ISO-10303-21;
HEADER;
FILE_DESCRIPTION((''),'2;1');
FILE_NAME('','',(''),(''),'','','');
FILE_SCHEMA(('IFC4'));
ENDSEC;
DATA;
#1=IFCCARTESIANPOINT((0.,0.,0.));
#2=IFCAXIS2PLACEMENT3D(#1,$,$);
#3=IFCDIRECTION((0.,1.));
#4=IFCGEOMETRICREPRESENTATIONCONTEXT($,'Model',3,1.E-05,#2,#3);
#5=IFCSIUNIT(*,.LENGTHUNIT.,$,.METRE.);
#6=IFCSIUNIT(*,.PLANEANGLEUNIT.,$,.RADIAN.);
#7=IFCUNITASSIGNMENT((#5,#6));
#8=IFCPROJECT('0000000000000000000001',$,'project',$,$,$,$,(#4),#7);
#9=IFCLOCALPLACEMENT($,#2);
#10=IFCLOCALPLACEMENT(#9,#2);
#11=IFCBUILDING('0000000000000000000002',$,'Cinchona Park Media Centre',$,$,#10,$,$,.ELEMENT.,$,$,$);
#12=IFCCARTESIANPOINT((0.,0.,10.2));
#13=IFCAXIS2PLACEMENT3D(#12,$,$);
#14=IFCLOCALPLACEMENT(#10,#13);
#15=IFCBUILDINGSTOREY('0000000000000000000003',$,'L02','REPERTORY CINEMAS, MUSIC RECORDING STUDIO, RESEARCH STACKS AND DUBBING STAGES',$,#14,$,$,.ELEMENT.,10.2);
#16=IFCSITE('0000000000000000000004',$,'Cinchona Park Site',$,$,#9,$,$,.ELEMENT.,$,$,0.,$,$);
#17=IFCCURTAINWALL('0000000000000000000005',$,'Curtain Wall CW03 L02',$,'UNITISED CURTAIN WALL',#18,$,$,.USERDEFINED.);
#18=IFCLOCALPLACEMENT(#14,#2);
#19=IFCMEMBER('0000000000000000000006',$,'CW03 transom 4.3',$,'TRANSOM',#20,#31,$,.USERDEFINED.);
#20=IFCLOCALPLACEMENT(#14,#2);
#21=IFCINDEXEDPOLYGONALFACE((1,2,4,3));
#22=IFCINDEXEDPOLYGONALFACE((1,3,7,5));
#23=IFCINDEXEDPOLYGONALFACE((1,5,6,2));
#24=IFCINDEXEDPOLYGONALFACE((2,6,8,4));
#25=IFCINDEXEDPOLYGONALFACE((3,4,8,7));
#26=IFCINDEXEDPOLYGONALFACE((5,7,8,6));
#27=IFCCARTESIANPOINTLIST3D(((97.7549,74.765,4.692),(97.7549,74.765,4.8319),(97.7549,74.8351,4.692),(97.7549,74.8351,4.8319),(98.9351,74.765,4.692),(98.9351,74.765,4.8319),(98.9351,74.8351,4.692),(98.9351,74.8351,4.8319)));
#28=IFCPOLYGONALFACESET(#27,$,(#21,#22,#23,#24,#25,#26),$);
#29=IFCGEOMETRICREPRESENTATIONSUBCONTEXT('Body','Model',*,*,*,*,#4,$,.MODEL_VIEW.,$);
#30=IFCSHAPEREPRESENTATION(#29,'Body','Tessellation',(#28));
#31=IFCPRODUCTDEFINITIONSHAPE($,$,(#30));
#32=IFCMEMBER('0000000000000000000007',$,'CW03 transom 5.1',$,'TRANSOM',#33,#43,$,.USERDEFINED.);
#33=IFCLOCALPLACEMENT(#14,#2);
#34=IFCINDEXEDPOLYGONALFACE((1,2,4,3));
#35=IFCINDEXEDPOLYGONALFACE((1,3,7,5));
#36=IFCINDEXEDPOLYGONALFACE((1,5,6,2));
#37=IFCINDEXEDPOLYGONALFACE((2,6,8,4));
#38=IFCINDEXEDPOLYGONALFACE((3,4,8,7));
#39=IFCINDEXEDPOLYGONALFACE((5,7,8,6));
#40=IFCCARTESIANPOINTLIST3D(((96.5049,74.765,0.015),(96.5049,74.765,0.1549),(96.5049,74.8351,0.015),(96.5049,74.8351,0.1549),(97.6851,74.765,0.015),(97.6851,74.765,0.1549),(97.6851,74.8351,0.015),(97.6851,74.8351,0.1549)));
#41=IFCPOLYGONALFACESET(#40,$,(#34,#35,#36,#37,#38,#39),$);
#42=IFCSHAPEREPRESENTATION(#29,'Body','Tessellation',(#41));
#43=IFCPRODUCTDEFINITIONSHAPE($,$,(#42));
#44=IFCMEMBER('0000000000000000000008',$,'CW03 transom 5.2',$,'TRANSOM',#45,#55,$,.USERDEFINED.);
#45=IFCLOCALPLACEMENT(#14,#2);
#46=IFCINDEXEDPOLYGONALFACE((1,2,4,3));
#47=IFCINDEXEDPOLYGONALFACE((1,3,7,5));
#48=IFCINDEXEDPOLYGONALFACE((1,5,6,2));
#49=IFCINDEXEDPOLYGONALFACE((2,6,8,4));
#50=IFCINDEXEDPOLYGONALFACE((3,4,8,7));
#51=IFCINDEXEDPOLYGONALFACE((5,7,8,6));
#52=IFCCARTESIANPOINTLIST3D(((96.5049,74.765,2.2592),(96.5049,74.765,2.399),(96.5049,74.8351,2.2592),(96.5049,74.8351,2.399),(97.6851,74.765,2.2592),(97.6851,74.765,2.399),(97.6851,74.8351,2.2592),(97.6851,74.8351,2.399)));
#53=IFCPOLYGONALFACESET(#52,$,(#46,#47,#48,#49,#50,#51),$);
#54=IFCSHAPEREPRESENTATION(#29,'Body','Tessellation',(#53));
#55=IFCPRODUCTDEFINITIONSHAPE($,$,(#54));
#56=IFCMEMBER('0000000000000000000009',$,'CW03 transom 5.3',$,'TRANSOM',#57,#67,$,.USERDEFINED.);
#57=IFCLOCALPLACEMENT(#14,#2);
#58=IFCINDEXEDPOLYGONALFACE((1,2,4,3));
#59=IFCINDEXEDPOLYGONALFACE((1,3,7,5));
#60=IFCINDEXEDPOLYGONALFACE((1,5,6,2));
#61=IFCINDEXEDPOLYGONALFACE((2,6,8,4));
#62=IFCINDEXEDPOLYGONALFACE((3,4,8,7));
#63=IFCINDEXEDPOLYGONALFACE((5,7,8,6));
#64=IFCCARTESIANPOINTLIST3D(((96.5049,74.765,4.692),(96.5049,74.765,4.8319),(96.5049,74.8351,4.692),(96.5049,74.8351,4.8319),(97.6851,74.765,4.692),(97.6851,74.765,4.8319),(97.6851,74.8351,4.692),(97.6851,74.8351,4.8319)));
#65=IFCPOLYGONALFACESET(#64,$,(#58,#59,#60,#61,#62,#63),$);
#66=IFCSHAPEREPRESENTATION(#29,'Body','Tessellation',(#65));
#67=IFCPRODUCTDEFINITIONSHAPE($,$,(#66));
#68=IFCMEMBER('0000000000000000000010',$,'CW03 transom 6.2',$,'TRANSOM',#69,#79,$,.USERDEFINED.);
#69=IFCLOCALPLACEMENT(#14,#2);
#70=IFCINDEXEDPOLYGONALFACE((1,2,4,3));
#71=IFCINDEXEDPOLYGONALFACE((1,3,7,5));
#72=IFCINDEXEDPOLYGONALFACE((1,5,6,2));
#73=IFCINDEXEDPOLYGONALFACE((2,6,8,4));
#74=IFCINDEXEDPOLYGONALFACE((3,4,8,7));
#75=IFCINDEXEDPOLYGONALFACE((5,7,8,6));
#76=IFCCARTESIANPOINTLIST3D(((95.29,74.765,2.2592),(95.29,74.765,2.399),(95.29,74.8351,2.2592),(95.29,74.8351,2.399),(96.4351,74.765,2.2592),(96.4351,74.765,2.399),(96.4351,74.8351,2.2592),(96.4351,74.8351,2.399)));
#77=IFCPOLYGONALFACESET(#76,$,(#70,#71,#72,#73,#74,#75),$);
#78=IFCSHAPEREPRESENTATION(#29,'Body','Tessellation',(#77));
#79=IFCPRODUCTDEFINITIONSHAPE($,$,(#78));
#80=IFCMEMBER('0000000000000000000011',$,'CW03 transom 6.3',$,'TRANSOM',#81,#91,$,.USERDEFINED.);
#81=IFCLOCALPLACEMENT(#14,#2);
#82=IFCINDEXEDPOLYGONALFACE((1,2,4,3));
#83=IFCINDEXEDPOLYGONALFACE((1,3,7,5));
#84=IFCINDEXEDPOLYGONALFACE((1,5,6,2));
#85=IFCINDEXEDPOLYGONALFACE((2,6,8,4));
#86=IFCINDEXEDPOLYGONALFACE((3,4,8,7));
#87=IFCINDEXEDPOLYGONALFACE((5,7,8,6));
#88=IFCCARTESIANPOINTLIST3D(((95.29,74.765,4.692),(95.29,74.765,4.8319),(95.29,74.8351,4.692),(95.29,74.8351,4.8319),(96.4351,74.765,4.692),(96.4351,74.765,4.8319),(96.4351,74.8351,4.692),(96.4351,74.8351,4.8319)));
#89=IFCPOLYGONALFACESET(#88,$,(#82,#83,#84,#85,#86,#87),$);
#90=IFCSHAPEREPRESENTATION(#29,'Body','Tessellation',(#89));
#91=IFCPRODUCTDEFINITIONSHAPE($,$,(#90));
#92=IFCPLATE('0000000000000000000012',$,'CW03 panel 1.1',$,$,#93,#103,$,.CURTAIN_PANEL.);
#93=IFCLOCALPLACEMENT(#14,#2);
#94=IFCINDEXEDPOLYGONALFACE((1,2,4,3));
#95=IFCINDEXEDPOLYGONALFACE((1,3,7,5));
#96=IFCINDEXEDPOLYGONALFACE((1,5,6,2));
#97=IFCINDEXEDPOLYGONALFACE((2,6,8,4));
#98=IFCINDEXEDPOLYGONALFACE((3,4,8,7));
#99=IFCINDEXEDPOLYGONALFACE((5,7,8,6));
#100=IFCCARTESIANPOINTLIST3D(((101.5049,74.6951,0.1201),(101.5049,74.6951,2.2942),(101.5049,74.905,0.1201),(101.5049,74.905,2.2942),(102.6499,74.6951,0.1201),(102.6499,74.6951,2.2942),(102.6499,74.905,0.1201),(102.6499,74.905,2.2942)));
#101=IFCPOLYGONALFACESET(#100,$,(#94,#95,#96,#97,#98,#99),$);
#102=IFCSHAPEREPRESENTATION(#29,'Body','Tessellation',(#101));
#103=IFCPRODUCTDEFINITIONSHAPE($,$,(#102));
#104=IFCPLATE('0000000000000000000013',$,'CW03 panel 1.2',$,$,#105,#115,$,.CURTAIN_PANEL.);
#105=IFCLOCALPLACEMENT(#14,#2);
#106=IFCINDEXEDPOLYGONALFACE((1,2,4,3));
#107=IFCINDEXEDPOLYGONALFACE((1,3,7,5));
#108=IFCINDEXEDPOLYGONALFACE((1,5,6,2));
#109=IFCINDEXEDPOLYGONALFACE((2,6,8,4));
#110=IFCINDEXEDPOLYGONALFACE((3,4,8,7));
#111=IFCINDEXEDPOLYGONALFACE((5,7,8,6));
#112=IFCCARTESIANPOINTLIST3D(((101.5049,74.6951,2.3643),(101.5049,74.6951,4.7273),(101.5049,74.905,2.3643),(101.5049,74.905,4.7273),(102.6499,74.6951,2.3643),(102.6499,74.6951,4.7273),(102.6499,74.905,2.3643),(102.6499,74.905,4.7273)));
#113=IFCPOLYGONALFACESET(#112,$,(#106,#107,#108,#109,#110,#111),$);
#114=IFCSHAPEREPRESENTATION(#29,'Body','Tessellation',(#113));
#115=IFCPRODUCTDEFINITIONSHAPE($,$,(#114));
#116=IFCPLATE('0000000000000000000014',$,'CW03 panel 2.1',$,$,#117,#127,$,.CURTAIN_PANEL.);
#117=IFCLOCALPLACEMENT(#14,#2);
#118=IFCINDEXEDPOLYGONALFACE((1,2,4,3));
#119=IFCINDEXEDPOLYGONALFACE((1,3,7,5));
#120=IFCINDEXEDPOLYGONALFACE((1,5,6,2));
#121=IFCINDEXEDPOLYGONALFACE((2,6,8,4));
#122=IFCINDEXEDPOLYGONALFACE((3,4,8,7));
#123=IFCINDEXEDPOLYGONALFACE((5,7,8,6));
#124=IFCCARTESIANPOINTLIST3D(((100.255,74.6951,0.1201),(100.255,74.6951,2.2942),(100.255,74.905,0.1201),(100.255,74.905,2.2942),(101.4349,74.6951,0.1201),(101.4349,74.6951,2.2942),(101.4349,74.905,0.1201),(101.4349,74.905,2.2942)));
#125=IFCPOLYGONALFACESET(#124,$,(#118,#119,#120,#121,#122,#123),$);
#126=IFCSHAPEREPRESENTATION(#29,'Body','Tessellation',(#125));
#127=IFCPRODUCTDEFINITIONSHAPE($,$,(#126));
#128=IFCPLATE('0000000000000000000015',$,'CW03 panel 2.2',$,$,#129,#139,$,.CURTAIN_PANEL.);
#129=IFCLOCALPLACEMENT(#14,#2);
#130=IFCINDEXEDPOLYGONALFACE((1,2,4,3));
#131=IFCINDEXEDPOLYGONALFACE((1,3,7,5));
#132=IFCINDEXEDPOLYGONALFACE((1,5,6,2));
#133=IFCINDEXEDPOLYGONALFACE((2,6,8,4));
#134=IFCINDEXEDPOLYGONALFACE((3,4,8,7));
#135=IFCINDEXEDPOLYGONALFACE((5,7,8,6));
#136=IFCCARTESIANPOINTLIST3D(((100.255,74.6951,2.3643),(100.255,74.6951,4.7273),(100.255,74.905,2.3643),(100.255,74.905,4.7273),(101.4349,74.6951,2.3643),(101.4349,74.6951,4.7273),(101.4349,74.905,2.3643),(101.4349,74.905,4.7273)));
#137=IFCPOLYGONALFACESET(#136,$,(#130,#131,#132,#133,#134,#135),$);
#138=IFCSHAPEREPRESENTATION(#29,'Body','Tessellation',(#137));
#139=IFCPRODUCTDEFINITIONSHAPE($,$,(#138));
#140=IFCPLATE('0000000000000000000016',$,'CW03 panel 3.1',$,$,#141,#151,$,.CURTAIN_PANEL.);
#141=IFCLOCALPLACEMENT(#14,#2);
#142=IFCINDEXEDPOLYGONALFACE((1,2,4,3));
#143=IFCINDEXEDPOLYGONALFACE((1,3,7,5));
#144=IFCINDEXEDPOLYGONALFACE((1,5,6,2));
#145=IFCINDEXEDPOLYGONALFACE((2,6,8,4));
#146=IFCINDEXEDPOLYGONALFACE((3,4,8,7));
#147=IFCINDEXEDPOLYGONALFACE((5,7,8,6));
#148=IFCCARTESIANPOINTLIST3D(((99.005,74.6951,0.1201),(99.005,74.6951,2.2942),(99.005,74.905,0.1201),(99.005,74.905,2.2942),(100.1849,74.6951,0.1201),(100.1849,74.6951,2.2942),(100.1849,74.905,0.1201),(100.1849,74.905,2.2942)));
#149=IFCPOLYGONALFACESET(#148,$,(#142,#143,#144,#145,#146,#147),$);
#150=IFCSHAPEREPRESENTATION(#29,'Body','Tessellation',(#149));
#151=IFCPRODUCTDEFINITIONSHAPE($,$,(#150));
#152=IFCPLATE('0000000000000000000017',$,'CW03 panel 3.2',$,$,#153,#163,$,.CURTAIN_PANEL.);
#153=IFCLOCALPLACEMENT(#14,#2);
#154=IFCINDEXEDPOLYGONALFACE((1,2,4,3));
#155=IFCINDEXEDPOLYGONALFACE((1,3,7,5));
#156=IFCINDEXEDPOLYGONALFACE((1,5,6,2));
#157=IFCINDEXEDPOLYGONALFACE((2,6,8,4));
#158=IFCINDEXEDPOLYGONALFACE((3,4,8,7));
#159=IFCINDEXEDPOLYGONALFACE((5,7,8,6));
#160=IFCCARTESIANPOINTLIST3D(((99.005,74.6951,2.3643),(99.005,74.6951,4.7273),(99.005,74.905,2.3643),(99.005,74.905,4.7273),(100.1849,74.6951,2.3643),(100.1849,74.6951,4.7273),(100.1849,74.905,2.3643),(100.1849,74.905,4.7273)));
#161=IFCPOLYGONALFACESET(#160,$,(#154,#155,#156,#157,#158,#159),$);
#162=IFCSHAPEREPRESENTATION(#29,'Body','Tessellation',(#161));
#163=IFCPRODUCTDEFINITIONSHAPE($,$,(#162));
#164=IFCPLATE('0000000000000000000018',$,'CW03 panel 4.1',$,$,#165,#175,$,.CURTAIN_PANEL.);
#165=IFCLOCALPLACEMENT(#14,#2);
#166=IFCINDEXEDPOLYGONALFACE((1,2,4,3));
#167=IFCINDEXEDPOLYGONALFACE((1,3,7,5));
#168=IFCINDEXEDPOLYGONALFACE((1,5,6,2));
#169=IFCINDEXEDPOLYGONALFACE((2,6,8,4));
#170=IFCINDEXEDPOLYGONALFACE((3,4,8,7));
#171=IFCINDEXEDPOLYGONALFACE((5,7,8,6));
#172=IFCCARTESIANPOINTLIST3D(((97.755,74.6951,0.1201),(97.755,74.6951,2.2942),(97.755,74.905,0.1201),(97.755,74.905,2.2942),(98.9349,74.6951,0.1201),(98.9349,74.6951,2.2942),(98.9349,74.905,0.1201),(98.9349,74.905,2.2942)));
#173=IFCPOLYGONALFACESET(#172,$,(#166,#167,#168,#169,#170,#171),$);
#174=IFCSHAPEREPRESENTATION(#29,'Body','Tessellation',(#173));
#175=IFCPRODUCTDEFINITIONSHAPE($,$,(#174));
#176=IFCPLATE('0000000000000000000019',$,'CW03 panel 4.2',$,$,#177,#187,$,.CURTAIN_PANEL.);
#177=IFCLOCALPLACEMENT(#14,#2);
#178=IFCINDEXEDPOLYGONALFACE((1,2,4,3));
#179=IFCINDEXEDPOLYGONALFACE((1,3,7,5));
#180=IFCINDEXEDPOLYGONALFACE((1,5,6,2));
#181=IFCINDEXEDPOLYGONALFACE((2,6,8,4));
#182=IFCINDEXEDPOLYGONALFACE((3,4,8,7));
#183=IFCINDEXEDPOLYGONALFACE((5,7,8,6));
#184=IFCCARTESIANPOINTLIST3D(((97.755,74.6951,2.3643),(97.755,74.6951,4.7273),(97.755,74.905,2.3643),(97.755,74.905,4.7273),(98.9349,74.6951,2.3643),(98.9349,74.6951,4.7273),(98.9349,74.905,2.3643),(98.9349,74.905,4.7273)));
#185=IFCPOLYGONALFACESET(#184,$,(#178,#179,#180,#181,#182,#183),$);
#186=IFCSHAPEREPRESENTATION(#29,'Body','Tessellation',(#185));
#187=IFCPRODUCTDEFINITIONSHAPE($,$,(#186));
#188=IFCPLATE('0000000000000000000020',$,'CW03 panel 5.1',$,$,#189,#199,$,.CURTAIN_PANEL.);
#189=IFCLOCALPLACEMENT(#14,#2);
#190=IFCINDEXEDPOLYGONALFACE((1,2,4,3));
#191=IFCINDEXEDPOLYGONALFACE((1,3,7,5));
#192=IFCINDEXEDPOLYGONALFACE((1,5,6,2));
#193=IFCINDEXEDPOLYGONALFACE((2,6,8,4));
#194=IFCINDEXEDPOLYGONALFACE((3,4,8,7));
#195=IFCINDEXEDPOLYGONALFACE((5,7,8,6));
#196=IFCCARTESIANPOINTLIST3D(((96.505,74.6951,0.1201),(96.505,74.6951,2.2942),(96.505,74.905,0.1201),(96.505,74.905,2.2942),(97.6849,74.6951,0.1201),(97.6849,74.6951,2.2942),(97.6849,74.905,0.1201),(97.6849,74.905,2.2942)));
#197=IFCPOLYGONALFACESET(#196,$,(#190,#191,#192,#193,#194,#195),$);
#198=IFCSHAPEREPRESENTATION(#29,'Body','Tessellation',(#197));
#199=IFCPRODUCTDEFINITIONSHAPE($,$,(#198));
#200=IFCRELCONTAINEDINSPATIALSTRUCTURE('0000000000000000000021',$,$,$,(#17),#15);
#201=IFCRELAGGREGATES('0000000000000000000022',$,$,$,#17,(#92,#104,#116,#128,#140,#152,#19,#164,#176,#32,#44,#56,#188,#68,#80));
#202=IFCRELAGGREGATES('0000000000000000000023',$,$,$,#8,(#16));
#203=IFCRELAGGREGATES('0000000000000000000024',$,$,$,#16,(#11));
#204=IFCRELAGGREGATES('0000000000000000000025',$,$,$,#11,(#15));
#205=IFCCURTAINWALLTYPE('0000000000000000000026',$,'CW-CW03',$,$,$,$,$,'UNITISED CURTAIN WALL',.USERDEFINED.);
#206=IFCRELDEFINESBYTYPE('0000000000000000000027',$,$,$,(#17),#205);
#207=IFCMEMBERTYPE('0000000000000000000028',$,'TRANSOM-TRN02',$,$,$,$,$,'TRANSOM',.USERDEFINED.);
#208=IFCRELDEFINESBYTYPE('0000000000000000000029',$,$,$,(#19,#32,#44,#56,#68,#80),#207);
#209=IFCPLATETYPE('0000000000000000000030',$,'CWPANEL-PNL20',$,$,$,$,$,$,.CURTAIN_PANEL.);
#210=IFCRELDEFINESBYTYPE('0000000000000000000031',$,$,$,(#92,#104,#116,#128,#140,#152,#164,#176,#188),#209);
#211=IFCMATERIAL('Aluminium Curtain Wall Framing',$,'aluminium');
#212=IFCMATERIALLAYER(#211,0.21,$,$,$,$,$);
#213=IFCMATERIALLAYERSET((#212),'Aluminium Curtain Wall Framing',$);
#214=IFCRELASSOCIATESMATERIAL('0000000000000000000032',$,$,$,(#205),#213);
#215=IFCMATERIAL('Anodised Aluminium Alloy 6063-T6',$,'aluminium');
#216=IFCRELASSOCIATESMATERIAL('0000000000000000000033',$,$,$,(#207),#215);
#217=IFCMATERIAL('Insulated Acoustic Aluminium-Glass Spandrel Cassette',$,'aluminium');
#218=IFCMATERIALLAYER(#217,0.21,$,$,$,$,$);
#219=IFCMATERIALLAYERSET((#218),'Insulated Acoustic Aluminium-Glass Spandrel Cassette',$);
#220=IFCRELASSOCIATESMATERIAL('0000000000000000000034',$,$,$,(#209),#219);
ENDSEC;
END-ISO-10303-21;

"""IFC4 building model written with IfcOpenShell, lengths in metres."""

from ifc_helpers import new_model, si_unit, direction, frame, origin, origin_2d, place, context, subcontext, project, spatial, rectangle, extrude, material, layer, layer_set, material_profile, profile_set, type_object, element, aggregate, save


model = new_model("IFC4")

# Units and contexts
model_context = context("Model", 3, precision=1e-05, world=origin(), true_north=direction((0.0, 1.0)))
body_context = subcontext(model_context, "Body", "Model", "MODEL_VIEW")
ifc_project = project(units=[si_unit("LENGTHUNIT", "METRE"), si_unit("PLANEANGLEUNIT", "RADIAN")], contexts=[model_context])

# Site, building, storey
site_placement = place(None, origin())
site = spatial("IfcSite", under=ifc_project, at=site_placement, Name="Cinchona Park Site", CompositionType="ELEMENT", RefElevation=0.0)
building_placement = place(site_placement, origin())
building = spatial("IfcBuilding", under=site, at=building_placement, Name="Cinchona Park Media Centre", CompositionType="ELEMENT")
storey_placement = place(building_placement, frame((0.0, 0.0, 10.2)))
storey = spatial("IfcBuildingStorey", under=building, at=storey_placement, Name="L02", Description="REPERTORY CINEMAS, MUSIC RECORDING STUDIO, RESEARCH STACKS AND DUBBING STAGES", CompositionType="ELEMENT", Elevation=10.2)

# Curtain wall, members, plates
ifc_material_1 = material(Name="Aluminium Curtain Wall Framing", Category="aluminium")
ifc_layer_1 = layer(ifc_material_1, 0.21)
ifc_layer_set_1 = layer_set([ifc_layer_1], Name="Aluminium Curtain Wall Framing")
curtain_wall_type = type_object("IfcCurtainWallType", Name="CW-CW03", ElementType="UNITISED CURTAIN WALL", PredefinedType="USERDEFINED", material=ifc_layer_set_1)
curtain_wall_placement = place(storey_placement, origin())
curtain_wall = element("IfcCurtainWall", 1, at=curtain_wall_placement, inside=storey, type_object=curtain_wall_type, Name="Curtain Wall CW03 L02", ObjectType="UNITISED CURTAIN WALL", PredefinedType="USERDEFINED")
ifc_material_2 = material(Name="Anodised Aluminium Alloy 6063-T6", Category="aluminium")
ifc_material_profile_1 = material_profile(ifc_material_2, rectangle(XDim=0.0701, YDim=0.1399, at=origin_2d()), Name="TRN-70X140")
ifc_profile_set_1 = profile_set([ifc_material_profile_1], Name="Anodised Aluminium Alloy 6063-T6")
member_type_1 = type_object("IfcMemberType", Name="TRANSOM-TRN02", ElementType="TRANSOM", PredefinedType="USERDEFINED", material=ifc_profile_set_1)
member_1_placement = place(storey_placement, frame((98.9351, 74.8, 4.762), z_axis=(-1.0, 0.0, 0.0), x_axis=(0.0, -1.0, 0.0)))
member_1 = element("IfcMember", 2, at=member_1_placement, type_object=member_type_1, Name="CW03 transom 4.3", ObjectType="TRANSOM", PredefinedType="USERDEFINED", context=body_context, shape_type="SweptSolid", body=[
    extrude(rectangle(XDim=0.0701, YDim=0.1399, at=origin_2d()), origin(), (0.0, 0.0, 1.0), 1.1802),
])
member_2_placement = place(storey_placement, frame((97.6851, 74.8, 0.085), z_axis=(-1.0, 0.0, 0.0), x_axis=(0.0, -1.0, 0.0)))
member_2 = element("IfcMember", 3, at=member_2_placement, type_object=member_type_1, Name="CW03 transom 5.1", ObjectType="TRANSOM", PredefinedType="USERDEFINED", context=body_context, shape_type="SweptSolid", body=[
    extrude(rectangle(XDim=0.0701, YDim=0.1399, at=origin_2d()), origin(), (0.0, 0.0, 1.0), 1.1802),
])
member_3_placement = place(storey_placement, frame((97.6851, 74.8, 2.3291), z_axis=(-1.0, 0.0, 0.0), x_axis=(0.0, -1.0, 0.0)))
member_3 = element("IfcMember", 4, at=member_3_placement, type_object=member_type_1, Name="CW03 transom 5.2", ObjectType="TRANSOM", PredefinedType="USERDEFINED", context=body_context, shape_type="SweptSolid", body=[
    extrude(rectangle(XDim=0.0701, YDim=0.1399, at=origin_2d()), origin(), (0.0, 0.0, 1.0), 1.1802),
])
member_4_placement = place(storey_placement, frame((97.6851, 74.8, 4.762), z_axis=(-1.0, 0.0, 0.0), x_axis=(0.0, -1.0, 0.0)))
member_4 = element("IfcMember", 5, at=member_4_placement, type_object=member_type_1, Name="CW03 transom 5.3", ObjectType="TRANSOM", PredefinedType="USERDEFINED", context=body_context, shape_type="SweptSolid", body=[
    extrude(rectangle(XDim=0.0701, YDim=0.1399, at=origin_2d()), origin(), (0.0, 0.0, 1.0), 1.1802),
])
member_5_placement = place(storey_placement, frame((96.4351, 74.8, 2.3291), z_axis=(-1.0, 0.0, 0.0), x_axis=(0.0, -1.0, 0.0)))
member_5 = element("IfcMember", 6, at=member_5_placement, type_object=member_type_1, Name="CW03 transom 6.2", ObjectType="TRANSOM", PredefinedType="USERDEFINED", context=body_context, shape_type="SweptSolid", body=[
    extrude(rectangle(XDim=0.0701, YDim=0.1399, at=origin_2d()), origin(), (0.0, 0.0, 1.0), 1.145),
])
member_6_placement = place(storey_placement, frame((96.4351, 74.8, 4.762), z_axis=(-1.0, 0.0, 0.0), x_axis=(0.0, -1.0, 0.0)))
member_6 = element("IfcMember", 7, at=member_6_placement, type_object=member_type_1, Name="CW03 transom 6.3", ObjectType="TRANSOM", PredefinedType="USERDEFINED", context=body_context, shape_type="SweptSolid", body=[
    extrude(rectangle(XDim=0.0701, YDim=0.1399, at=origin_2d()), origin(), (0.0, 0.0, 1.0), 1.145),
])
ifc_material_3 = material(Name="Insulated Acoustic Aluminium-Glass Spandrel Cassette", Category="aluminium")
ifc_layer_2 = layer(ifc_material_3, 0.21)
ifc_layer_set_2 = layer_set([ifc_layer_2], Name="Insulated Acoustic Aluminium-Glass Spandrel Cassette")
plate_type = type_object("IfcPlateType", Name="CWPANEL-PNL20", PredefinedType="CURTAIN_PANEL", material=ifc_layer_set_2)
plate_1_placement = place(storey_placement, frame((102.0774, 74.8, 0.1201), z_axis=(0.0, 0.0, 1.0), x_axis=(-1.0, 0.0, 0.0)))
plate_1 = element("IfcPlate", 8, at=plate_1_placement, type_object=plate_type, Name="CW03 panel 1.1", PredefinedType="CURTAIN_PANEL", context=body_context, shape_type="SweptSolid", body=[
    extrude(rectangle(XDim=1.145, YDim=0.21, at=origin_2d()), origin(), (0.0, 0.0, 1.0), 2.1741),
])
plate_2_placement = place(storey_placement, frame((102.0774, 74.8, 2.3643), z_axis=(0.0, 0.0, 1.0), x_axis=(-1.0, 0.0, 0.0)))
plate_2 = element("IfcPlate", 9, at=plate_2_placement, type_object=plate_type, Name="CW03 panel 1.2", PredefinedType="CURTAIN_PANEL", context=body_context, shape_type="SweptSolid", body=[
    extrude(rectangle(XDim=1.145, YDim=0.21, at=origin_2d()), origin(), (0.0, 0.0, 1.0), 2.363),
])
plate_3_placement = place(storey_placement, frame((100.845, 74.8, 0.1201), z_axis=(0.0, 0.0, 1.0), x_axis=(-1.0, 0.0, 0.0)))
plate_3 = element("IfcPlate", 10, at=plate_3_placement, type_object=plate_type, Name="CW03 panel 2.1", PredefinedType="CURTAIN_PANEL", context=body_context, shape_type="SweptSolid", body=[
    extrude(rectangle(XDim=1.1799, YDim=0.21, at=origin_2d()), origin(), (0.0, 0.0, 1.0), 2.1741),
])
plate_4_placement = place(storey_placement, frame((100.845, 74.8, 2.3643), z_axis=(0.0, 0.0, 1.0), x_axis=(-1.0, 0.0, 0.0)))
plate_4 = element("IfcPlate", 11, at=plate_4_placement, type_object=plate_type, Name="CW03 panel 2.2", PredefinedType="CURTAIN_PANEL", context=body_context, shape_type="SweptSolid", body=[
    extrude(rectangle(XDim=1.1799, YDim=0.21, at=origin_2d()), origin(), (0.0, 0.0, 1.0), 2.363),
])
plate_5_placement = place(storey_placement, frame((99.595, 74.8, 0.1201), z_axis=(0.0, 0.0, 1.0), x_axis=(-1.0, 0.0, 0.0)))
plate_5 = element("IfcPlate", 12, at=plate_5_placement, type_object=plate_type, Name="CW03 panel 3.1", PredefinedType="CURTAIN_PANEL", context=body_context, shape_type="SweptSolid", body=[
    extrude(rectangle(XDim=1.1799, YDim=0.21, at=origin_2d()), origin(), (0.0, 0.0, 1.0), 2.1741),
])
plate_6_placement = place(storey_placement, frame((99.595, 74.8, 2.3643), z_axis=(0.0, 0.0, 1.0), x_axis=(-1.0, 0.0, 0.0)))
plate_6 = element("IfcPlate", 13, at=plate_6_placement, type_object=plate_type, Name="CW03 panel 3.2", PredefinedType="CURTAIN_PANEL", context=body_context, shape_type="SweptSolid", body=[
    extrude(rectangle(XDim=1.1799, YDim=0.21, at=origin_2d()), origin(), (0.0, 0.0, 1.0), 2.363),
])
plate_7_placement = place(storey_placement, frame((98.345, 74.8, 0.1201), z_axis=(0.0, 0.0, 1.0), x_axis=(-1.0, 0.0, 0.0)))
plate_7 = element("IfcPlate", 14, at=plate_7_placement, type_object=plate_type, Name="CW03 panel 4.1", PredefinedType="CURTAIN_PANEL", context=body_context, shape_type="SweptSolid", body=[
    extrude(rectangle(XDim=1.1799, YDim=0.21, at=origin_2d()), origin(), (0.0, 0.0, 1.0), 2.1741),
])
plate_8_placement = place(storey_placement, frame((98.345, 74.8, 2.3643), z_axis=(0.0, 0.0, 1.0), x_axis=(-1.0, 0.0, 0.0)))
plate_8 = element("IfcPlate", 15, at=plate_8_placement, type_object=plate_type, Name="CW03 panel 4.2", PredefinedType="CURTAIN_PANEL", context=body_context, shape_type="SweptSolid", body=[
    extrude(rectangle(XDim=1.1799, YDim=0.21, at=origin_2d()), origin(), (0.0, 0.0, 1.0), 2.363),
])
plate_9_placement = place(storey_placement, frame((97.095, 74.8, 0.1201), z_axis=(0.0, 0.0, 1.0), x_axis=(-1.0, 0.0, 0.0)))
plate_9 = element("IfcPlate", 16, at=plate_9_placement, type_object=plate_type, Name="CW03 panel 5.1", PredefinedType="CURTAIN_PANEL", context=body_context, shape_type="SweptSolid", body=[
    extrude(rectangle(XDim=1.1799, YDim=0.21, at=origin_2d()), origin(), (0.0, 0.0, 1.0), 2.1741),
])
aggregate(curtain_wall, [plate_1, plate_2, plate_3, plate_4, plate_5, plate_6, member_1, plate_7, plate_8, member_2, member_3, member_4, plate_9, member_5, member_6])

save(model, "model.ifc")
